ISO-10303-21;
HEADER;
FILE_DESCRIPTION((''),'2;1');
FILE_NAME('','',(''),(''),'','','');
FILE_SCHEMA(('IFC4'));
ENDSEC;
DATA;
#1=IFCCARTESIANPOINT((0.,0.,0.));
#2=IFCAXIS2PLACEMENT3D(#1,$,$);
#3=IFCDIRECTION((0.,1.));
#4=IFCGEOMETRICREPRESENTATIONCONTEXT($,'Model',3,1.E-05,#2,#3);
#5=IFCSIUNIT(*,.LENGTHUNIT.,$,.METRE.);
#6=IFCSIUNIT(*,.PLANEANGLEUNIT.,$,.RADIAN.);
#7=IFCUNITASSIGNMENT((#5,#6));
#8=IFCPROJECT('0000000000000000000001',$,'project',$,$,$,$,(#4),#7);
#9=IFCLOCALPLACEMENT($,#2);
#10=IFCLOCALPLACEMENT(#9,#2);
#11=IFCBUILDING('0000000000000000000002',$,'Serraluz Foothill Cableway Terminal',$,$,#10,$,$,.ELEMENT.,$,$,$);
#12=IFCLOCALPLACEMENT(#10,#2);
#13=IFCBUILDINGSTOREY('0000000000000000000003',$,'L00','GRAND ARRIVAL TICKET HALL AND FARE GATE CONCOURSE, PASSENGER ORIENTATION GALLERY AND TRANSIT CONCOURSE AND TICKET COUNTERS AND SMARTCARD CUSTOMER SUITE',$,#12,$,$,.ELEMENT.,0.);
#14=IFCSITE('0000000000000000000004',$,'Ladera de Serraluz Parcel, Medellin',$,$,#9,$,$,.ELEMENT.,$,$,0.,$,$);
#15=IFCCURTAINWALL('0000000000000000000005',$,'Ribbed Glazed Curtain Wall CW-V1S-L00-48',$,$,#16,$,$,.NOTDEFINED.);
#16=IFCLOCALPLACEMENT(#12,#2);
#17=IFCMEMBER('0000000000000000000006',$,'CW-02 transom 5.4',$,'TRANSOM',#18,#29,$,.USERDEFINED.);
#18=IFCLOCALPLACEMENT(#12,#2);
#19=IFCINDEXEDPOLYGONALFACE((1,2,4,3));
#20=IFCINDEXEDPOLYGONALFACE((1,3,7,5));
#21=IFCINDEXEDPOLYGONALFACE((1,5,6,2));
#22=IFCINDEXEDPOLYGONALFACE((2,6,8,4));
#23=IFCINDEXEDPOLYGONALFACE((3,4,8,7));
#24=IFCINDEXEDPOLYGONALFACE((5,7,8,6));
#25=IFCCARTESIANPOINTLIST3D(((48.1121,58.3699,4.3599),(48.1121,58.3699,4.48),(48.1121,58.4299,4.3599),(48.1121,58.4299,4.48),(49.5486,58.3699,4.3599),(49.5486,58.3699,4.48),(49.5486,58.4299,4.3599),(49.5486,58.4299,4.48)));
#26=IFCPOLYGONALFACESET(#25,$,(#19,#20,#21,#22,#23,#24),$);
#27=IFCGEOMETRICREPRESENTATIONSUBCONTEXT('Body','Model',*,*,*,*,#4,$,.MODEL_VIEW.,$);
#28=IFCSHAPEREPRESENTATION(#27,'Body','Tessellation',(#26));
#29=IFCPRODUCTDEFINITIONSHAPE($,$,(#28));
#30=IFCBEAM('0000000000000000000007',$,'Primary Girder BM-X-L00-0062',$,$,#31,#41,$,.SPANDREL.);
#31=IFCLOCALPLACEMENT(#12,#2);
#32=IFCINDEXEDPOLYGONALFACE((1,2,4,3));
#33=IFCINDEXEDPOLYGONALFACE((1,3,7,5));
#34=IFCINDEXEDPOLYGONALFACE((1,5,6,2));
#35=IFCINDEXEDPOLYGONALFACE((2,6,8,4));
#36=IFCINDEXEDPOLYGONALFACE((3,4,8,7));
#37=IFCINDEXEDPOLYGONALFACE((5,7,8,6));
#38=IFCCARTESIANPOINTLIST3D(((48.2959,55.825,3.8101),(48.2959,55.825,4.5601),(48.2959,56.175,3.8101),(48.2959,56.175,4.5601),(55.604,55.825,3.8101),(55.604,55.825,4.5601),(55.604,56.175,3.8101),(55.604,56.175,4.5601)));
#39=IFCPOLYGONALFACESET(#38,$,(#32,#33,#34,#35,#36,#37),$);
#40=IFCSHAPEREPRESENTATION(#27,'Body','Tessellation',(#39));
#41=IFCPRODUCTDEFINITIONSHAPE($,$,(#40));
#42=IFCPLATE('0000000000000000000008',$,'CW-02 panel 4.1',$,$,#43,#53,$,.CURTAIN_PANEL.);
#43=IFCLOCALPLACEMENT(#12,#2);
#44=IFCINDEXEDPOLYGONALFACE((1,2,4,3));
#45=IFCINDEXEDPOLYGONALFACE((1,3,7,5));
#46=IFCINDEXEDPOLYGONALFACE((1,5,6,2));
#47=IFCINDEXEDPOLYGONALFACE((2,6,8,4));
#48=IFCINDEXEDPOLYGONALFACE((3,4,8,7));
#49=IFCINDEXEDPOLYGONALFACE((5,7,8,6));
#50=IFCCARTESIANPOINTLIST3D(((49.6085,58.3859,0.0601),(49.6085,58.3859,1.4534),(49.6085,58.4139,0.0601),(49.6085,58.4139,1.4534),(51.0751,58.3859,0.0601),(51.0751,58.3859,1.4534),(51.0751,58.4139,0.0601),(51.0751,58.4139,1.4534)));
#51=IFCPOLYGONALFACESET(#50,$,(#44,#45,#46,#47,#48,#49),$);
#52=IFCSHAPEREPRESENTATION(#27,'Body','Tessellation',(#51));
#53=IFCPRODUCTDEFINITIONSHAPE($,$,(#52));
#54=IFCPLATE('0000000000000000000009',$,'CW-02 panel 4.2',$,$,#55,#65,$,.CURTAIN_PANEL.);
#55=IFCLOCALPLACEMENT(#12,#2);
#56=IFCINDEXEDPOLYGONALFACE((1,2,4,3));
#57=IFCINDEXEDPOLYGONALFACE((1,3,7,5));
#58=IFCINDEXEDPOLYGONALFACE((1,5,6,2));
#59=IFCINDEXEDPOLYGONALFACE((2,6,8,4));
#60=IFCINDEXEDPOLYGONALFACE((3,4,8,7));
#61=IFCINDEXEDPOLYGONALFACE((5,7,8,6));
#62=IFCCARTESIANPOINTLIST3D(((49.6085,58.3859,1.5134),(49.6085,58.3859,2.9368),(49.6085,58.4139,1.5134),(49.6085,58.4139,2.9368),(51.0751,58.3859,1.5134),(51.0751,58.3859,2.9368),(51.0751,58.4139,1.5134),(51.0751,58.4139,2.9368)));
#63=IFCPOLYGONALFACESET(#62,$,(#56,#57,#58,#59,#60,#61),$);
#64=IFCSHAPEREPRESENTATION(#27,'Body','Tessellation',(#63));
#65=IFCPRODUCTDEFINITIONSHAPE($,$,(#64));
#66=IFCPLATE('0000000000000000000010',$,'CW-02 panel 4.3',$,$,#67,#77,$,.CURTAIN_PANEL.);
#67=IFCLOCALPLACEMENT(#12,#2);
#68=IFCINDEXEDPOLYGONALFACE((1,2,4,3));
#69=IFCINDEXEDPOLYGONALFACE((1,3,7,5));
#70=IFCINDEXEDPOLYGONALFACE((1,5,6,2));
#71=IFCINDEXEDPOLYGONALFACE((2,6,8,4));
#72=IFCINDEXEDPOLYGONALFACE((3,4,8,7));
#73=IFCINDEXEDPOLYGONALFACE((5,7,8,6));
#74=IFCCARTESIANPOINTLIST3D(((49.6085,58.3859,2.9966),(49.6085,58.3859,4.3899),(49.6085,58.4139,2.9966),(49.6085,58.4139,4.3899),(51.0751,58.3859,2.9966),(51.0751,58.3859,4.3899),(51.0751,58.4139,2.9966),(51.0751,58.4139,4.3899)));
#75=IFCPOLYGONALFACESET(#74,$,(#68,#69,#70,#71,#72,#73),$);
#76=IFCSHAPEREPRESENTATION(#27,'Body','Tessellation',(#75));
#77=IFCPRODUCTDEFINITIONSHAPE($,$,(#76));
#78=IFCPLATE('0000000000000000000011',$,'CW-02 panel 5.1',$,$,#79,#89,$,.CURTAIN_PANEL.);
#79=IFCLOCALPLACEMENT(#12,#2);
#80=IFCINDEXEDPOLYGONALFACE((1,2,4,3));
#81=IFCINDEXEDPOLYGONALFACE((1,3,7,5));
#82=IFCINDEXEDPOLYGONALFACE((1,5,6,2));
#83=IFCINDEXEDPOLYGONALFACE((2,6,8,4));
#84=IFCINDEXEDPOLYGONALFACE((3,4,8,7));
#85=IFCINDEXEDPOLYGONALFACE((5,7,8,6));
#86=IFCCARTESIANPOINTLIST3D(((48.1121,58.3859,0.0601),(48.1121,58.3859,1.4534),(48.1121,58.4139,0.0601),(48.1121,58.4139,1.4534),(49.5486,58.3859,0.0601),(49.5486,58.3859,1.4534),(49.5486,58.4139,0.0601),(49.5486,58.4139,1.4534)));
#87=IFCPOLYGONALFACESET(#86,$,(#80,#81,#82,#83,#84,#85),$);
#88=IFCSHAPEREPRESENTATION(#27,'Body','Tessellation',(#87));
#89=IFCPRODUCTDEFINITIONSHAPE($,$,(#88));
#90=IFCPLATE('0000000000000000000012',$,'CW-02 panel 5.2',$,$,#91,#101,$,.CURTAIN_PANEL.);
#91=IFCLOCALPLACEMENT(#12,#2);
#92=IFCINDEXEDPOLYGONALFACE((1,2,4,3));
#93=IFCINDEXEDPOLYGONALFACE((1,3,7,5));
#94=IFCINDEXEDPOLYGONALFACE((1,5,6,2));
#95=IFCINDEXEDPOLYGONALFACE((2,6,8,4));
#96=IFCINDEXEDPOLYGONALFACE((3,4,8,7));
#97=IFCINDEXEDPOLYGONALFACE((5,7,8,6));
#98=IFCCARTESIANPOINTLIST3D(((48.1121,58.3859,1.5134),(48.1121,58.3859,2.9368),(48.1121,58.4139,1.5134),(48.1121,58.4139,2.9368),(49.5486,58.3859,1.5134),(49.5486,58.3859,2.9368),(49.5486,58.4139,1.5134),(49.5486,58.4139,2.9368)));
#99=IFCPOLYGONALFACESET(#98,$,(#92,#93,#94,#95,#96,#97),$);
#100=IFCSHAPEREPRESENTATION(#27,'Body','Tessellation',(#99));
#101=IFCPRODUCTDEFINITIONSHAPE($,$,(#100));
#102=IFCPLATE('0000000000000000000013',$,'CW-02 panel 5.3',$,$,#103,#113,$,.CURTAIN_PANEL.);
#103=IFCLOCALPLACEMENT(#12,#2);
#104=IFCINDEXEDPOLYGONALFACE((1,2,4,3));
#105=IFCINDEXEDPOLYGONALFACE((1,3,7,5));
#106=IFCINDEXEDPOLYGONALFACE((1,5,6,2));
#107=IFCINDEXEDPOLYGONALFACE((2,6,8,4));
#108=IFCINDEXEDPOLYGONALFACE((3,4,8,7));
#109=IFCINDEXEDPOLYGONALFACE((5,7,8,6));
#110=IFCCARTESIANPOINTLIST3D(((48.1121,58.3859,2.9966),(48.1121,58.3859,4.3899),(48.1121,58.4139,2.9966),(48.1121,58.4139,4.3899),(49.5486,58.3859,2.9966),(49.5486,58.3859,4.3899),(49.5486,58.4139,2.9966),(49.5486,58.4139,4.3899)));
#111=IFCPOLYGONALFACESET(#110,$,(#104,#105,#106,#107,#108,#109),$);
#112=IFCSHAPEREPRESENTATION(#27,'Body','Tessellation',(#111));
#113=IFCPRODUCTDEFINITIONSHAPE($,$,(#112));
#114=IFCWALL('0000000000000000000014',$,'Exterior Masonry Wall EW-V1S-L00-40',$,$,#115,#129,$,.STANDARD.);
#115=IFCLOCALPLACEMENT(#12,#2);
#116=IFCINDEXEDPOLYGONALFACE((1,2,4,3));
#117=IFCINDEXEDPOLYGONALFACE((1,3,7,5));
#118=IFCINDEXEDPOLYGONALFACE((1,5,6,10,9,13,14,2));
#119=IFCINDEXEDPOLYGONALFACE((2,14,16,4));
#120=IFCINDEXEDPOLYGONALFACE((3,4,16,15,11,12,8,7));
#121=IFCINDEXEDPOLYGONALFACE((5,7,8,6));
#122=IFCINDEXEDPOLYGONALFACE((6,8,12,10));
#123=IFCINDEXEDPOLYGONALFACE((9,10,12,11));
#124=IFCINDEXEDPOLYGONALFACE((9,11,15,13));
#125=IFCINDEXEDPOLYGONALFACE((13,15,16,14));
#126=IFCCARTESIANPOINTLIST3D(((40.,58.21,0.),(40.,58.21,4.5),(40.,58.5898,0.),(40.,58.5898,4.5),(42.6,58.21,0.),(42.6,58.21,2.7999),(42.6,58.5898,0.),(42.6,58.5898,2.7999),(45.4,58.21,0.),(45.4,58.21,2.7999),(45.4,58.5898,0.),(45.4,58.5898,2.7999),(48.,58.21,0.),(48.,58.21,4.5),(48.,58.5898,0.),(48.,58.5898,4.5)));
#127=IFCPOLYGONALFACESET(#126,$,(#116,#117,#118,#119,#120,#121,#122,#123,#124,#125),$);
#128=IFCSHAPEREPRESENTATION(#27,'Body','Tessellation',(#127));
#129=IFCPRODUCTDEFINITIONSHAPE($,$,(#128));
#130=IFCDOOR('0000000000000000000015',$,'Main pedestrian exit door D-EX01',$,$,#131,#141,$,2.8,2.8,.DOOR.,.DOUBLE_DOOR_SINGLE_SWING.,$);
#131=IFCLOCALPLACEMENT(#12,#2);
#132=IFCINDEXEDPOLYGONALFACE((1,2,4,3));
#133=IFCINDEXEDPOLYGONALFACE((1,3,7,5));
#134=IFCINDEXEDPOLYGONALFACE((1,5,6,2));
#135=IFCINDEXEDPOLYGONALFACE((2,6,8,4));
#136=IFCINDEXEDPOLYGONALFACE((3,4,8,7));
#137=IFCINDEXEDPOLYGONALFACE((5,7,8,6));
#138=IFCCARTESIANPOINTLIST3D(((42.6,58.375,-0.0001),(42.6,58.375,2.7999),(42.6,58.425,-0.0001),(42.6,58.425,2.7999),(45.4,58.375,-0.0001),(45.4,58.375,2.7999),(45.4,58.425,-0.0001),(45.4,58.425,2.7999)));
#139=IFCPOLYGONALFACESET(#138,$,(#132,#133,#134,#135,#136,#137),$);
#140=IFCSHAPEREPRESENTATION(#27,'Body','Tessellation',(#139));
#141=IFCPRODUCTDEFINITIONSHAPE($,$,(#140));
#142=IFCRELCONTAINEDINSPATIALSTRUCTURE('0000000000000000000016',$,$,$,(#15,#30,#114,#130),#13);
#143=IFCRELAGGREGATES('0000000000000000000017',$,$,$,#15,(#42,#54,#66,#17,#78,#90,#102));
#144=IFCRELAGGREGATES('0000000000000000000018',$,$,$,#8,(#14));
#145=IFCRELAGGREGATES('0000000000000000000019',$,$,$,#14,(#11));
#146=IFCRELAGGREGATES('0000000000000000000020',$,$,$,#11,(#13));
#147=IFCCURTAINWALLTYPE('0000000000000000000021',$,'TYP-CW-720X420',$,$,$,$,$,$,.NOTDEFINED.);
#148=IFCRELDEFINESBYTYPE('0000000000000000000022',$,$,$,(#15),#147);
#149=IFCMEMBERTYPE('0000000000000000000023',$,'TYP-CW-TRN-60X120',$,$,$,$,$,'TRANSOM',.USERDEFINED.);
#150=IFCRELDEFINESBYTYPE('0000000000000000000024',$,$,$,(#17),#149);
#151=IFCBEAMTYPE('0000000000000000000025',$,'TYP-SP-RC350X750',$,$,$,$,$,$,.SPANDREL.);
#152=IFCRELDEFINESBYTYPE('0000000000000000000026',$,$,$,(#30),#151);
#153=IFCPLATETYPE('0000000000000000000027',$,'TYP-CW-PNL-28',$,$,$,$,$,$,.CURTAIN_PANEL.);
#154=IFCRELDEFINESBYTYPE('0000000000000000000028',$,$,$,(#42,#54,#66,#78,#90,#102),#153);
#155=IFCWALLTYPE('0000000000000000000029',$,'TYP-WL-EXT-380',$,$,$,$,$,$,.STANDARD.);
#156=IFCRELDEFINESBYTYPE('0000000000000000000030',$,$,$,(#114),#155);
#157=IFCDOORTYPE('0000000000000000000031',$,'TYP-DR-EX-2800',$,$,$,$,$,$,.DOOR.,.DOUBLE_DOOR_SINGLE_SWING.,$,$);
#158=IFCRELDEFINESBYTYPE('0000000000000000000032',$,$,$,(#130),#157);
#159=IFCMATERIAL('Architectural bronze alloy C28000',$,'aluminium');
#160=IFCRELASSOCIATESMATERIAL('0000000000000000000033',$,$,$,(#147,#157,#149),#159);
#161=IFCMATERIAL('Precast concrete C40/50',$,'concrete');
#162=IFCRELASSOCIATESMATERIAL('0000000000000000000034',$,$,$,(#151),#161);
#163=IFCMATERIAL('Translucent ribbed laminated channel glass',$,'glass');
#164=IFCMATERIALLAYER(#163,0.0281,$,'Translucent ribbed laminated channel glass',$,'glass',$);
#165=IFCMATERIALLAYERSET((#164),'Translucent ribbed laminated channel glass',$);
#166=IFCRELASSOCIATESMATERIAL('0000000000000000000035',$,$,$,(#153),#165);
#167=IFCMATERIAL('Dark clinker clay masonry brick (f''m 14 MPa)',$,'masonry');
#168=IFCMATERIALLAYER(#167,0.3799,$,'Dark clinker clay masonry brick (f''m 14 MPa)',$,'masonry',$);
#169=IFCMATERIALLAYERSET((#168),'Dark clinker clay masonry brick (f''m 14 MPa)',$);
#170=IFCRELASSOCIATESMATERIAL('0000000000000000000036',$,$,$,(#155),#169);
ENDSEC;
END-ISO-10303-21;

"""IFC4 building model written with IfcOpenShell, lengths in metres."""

from ifc_helpers import new_model, si_unit, direction, frame, frame_2d, origin, origin_2d, place, context, subcontext, project, spatial, rectangle, extrude, material, layer, layer_set, material_profile, profile_set, type_object, element, fill, aggregate, save


model = new_model("IFC4")

# Units and contexts
model_context = context("Model", 3, precision=1e-05, world=origin(), true_north=direction((0.0, 1.0)))
body_context = subcontext(model_context, "Body", "Model", "MODEL_VIEW")
ifc_project = project(units=[si_unit("LENGTHUNIT", "METRE"), si_unit("PLANEANGLEUNIT", "RADIAN")], contexts=[model_context])

# Site, building, storey
site_placement = place(None, origin())
site = spatial("IfcSite", under=ifc_project, at=site_placement, Name="Ladera de Serraluz Parcel, Medellin", CompositionType="ELEMENT", RefElevation=0.0)
building_placement = place(site_placement, origin())
building = spatial("IfcBuilding", under=site, at=building_placement, Name="Serraluz Foothill Cableway Terminal", CompositionType="ELEMENT")
storey_placement = place(building_placement, origin())
storey = spatial("IfcBuildingStorey", under=building, at=storey_placement, Name="L00", Description="GRAND ARRIVAL TICKET HALL AND FARE GATE CONCOURSE, PASSENGER ORIENTATION GALLERY AND TRANSIT CONCOURSE AND TICKET COUNTERS AND SMARTCARD CUSTOMER SUITE", CompositionType="ELEMENT", Elevation=0.0)

# Curtain wall, member
ifc_material_1 = material(Name="Architectural bronze alloy C28000", Category="aluminium")
curtain_wall_type = type_object("IfcCurtainWallType", Name="TYP-CW-720X420", PredefinedType="NOTDEFINED", material=ifc_material_1)
curtain_wall_placement = place(storey_placement, origin())
curtain_wall = element("IfcCurtainWall", 1, at=curtain_wall_placement, inside=storey, type_object=curtain_wall_type, Name="Ribbed Glazed Curtain Wall CW-V1S-L00-48", PredefinedType="NOTDEFINED")
ifc_material_profile_1 = material_profile(ifc_material_1, rectangle(XDim=0.0601, YDim=0.1201, at=origin_2d()), Name="ALU TRANSOM 60x120")
ifc_profile_set_1 = profile_set([ifc_material_profile_1], Name="Architectural bronze alloy C28000")
member_type_1 = type_object("IfcMemberType", Name="TYP-CW-TRN-60X120", ElementType="TRANSOM", PredefinedType="USERDEFINED", material=ifc_profile_set_1)
member_1_placement = place(storey_placement, frame((49.5486, 58.3999, 4.4199), z_axis=(-1.0, 0.0, 0.0), x_axis=(0.0, -1.0, 0.0)))
member_1 = element("IfcMember", 2, at=member_1_placement, type_object=member_type_1, Name="CW-02 transom 5.4", ObjectType="TRANSOM", PredefinedType="USERDEFINED", context=body_context, shape_type="SweptSolid", body=[
    extrude(rectangle(XDim=0.0601, YDim=0.1201, at=origin_2d()), origin(), (0.0, 0.0, 1.0), 1.4365),
])

# Beam
ifc_material_2 = material(Name="Precast concrete C40/50", Category="concrete")
ifc_material_profile_2 = material_profile(ifc_material_2, rectangle(XDim=0.3501, YDim=0.75, at=origin_2d()), Name="RC SP 350x750")
ifc_profile_set_2 = profile_set([ifc_material_profile_2], Name="Precast concrete C40/50")
beam_type = type_object("IfcBeamType", Name="TYP-SP-RC350X750", PredefinedType="SPANDREL", material=ifc_profile_set_2)
beam_placement = place(storey_placement, frame((48.2959, 56.0, 4.1851), z_axis=(1.0, 0.0, 0.0), x_axis=(0.0, 1.0, 0.0)))
element("IfcBeam", 3, at=beam_placement, inside=storey, type_object=beam_type, Name="Primary Girder BM-X-L00-0062", PredefinedType="SPANDREL", context=body_context, shape_type="SweptSolid", body=[
    extrude(rectangle(XDim=0.3501, YDim=0.75, at=origin_2d()), origin(), (0.0, 0.0, 1.0), 7.3081),
])

# Plates
ifc_material_3 = material(Name="Translucent ribbed laminated channel glass", Category="glass")
ifc_layer_1 = layer(ifc_material_3, 0.0281, Name="Translucent ribbed laminated channel glass", Category="glass")
ifc_layer_set_1 = layer_set([ifc_layer_1], Name="Translucent ribbed laminated channel glass")
plate_type = type_object("IfcPlateType", Name="TYP-CW-PNL-28", PredefinedType="CURTAIN_PANEL", material=ifc_layer_set_1)
plate_1_placement = place(storey_placement, frame((50.3418, 58.3999, 0.0601), z_axis=(0.0, 0.0, 1.0), x_axis=(-1.0, 0.0, 0.0)))
plate_1 = element("IfcPlate", 4, at=plate_1_placement, type_object=plate_type, Name="CW-02 panel 4.1", PredefinedType="CURTAIN_PANEL", context=body_context, shape_type="SweptSolid", body=[
    extrude(rectangle(XDim=1.4666, YDim=0.0281, at=origin_2d()), origin(), (0.0, 0.0, 1.0), 1.3933),
])
plate_2_placement = place(storey_placement, frame((50.3418, 58.3999, 1.5134), z_axis=(0.0, 0.0, 1.0), x_axis=(-1.0, 0.0, 0.0)))
plate_2 = element("IfcPlate", 5, at=plate_2_placement, type_object=plate_type, Name="CW-02 panel 4.2", PredefinedType="CURTAIN_PANEL", context=body_context, shape_type="SweptSolid", body=[
    extrude(rectangle(XDim=1.4666, YDim=0.0281, at=origin_2d()), origin(), (0.0, 0.0, 1.0), 1.4233),
])
plate_3_placement = place(storey_placement, frame((50.3418, 58.3999, 2.9966), z_axis=(0.0, 0.0, 1.0), x_axis=(-1.0, 0.0, 0.0)))
plate_3 = element("IfcPlate", 6, at=plate_3_placement, type_object=plate_type, Name="CW-02 panel 4.3", PredefinedType="CURTAIN_PANEL", context=body_context, shape_type="SweptSolid", body=[
    extrude(rectangle(XDim=1.4666, YDim=0.0281, at=origin_2d()), origin(), (0.0, 0.0, 1.0), 1.3933),
])
plate_4_placement = place(storey_placement, frame((48.8303, 58.3999, 0.0601), z_axis=(0.0, 0.0, 1.0), x_axis=(-1.0, 0.0, 0.0)))
plate_4 = element("IfcPlate", 7, at=plate_4_placement, type_object=plate_type, Name="CW-02 panel 5.1", PredefinedType="CURTAIN_PANEL", context=body_context, shape_type="SweptSolid", body=[
    extrude(rectangle(XDim=1.4365, YDim=0.0281, at=origin_2d()), origin(), (0.0, 0.0, 1.0), 1.3933),
])
plate_5_placement = place(storey_placement, frame((48.8303, 58.3999, 1.5134), z_axis=(0.0, 0.0, 1.0), x_axis=(-1.0, 0.0, 0.0)))
plate_5 = element("IfcPlate", 8, at=plate_5_placement, type_object=plate_type, Name="CW-02 panel 5.2", PredefinedType="CURTAIN_PANEL", context=body_context, shape_type="SweptSolid", body=[
    extrude(rectangle(XDim=1.4365, YDim=0.0281, at=origin_2d()), origin(), (0.0, 0.0, 1.0), 1.4233),
])
plate_6_placement = place(storey_placement, frame((48.8303, 58.3999, 2.9966), z_axis=(0.0, 0.0, 1.0), x_axis=(-1.0, 0.0, 0.0)))
plate_6 = element("IfcPlate", 9, at=plate_6_placement, type_object=plate_type, Name="CW-02 panel 5.3", PredefinedType="CURTAIN_PANEL", context=body_context, shape_type="SweptSolid", body=[
    extrude(rectangle(XDim=1.4365, YDim=0.0281, at=origin_2d()), origin(), (0.0, 0.0, 1.0), 1.3933),
])
aggregate(curtain_wall, [plate_1, plate_2, plate_3, member_1, plate_4, plate_5, plate_6])

# Wall, opening, door
ifc_material_4 = material(Name="Dark clinker clay masonry brick (f'm 14 MPa)", Category="masonry")
ifc_layer_2 = layer(ifc_material_4, 0.3799, Name="Dark clinker clay masonry brick (f'm 14 MPa)", Category="masonry")
ifc_layer_set_2 = layer_set([ifc_layer_2], Name="Dark clinker clay masonry brick (f'm 14 MPa)")
wall_type = type_object("IfcWallType", Name="TYP-WL-EXT-380", PredefinedType="STANDARD", material=ifc_layer_set_2)
wall_placement = place(storey_placement, frame((48.0, 58.3999, 0.0), z_axis=(0.0, 0.0, 1.0), x_axis=(-1.0, 0.0, 0.0)))
wall = element("IfcWall", 10, at=wall_placement, inside=storey, type_object=wall_type, Name="Exterior Masonry Wall EW-V1S-L00-40", PredefinedType="STANDARD", context=body_context, shape_type="SweptSolid", body=[
    extrude(rectangle(XDim=8.0, YDim=0.3799, at=frame_2d((4.0, 0.0))), origin(), (0.0, 0.0, 1.0), 4.5),
])
opening_placement = place(wall_placement, frame((2.6001, 0.0, 0.0)))
opening = element("IfcOpeningElement", 11, at=opening_placement, cuts=wall, PredefinedType="OPENING", context=body_context, shape_type="SweptSolid", body=[
    extrude(rectangle(XDim=2.8, YDim=2.8, at=frame_2d((1.3999, 1.3999))), frame((0.0, 0.2, 0.0), z_axis=(0.0, -1.0, 0.0), x_axis=(1.0, 0.0, 0.0)), (0.0, 0.0, 1.0), 0.3999),
])
door_type = type_object("IfcDoorType", Name="TYP-DR-EX-2800", OperationType="DOUBLE_DOOR_SINGLE_SWING", PredefinedType="DOOR", material=ifc_material_1)
door_placement = place(opening_placement, origin())
door = element("IfcDoor", 12, at=door_placement, inside=storey, type_object=door_type, Name="Main pedestrian exit door D-EX01", OperationType="DOUBLE_DOOR_SINGLE_SWING", OverallHeight=2.8, OverallWidth=2.8, PredefinedType="DOOR", context=body_context, shape_type="SweptSolid", body=[
    extrude(rectangle(XDim=2.8, YDim=2.8, at=frame_2d((1.3999, 1.3999))), frame((0.0, 0.0249, 0.0), z_axis=(0.0, -1.0, 0.0), x_axis=(1.0, 0.0, 0.0)), (0.0, 0.0, 1.0), 0.05),
])
fill(opening, door)

save(model, "model.ifc")
